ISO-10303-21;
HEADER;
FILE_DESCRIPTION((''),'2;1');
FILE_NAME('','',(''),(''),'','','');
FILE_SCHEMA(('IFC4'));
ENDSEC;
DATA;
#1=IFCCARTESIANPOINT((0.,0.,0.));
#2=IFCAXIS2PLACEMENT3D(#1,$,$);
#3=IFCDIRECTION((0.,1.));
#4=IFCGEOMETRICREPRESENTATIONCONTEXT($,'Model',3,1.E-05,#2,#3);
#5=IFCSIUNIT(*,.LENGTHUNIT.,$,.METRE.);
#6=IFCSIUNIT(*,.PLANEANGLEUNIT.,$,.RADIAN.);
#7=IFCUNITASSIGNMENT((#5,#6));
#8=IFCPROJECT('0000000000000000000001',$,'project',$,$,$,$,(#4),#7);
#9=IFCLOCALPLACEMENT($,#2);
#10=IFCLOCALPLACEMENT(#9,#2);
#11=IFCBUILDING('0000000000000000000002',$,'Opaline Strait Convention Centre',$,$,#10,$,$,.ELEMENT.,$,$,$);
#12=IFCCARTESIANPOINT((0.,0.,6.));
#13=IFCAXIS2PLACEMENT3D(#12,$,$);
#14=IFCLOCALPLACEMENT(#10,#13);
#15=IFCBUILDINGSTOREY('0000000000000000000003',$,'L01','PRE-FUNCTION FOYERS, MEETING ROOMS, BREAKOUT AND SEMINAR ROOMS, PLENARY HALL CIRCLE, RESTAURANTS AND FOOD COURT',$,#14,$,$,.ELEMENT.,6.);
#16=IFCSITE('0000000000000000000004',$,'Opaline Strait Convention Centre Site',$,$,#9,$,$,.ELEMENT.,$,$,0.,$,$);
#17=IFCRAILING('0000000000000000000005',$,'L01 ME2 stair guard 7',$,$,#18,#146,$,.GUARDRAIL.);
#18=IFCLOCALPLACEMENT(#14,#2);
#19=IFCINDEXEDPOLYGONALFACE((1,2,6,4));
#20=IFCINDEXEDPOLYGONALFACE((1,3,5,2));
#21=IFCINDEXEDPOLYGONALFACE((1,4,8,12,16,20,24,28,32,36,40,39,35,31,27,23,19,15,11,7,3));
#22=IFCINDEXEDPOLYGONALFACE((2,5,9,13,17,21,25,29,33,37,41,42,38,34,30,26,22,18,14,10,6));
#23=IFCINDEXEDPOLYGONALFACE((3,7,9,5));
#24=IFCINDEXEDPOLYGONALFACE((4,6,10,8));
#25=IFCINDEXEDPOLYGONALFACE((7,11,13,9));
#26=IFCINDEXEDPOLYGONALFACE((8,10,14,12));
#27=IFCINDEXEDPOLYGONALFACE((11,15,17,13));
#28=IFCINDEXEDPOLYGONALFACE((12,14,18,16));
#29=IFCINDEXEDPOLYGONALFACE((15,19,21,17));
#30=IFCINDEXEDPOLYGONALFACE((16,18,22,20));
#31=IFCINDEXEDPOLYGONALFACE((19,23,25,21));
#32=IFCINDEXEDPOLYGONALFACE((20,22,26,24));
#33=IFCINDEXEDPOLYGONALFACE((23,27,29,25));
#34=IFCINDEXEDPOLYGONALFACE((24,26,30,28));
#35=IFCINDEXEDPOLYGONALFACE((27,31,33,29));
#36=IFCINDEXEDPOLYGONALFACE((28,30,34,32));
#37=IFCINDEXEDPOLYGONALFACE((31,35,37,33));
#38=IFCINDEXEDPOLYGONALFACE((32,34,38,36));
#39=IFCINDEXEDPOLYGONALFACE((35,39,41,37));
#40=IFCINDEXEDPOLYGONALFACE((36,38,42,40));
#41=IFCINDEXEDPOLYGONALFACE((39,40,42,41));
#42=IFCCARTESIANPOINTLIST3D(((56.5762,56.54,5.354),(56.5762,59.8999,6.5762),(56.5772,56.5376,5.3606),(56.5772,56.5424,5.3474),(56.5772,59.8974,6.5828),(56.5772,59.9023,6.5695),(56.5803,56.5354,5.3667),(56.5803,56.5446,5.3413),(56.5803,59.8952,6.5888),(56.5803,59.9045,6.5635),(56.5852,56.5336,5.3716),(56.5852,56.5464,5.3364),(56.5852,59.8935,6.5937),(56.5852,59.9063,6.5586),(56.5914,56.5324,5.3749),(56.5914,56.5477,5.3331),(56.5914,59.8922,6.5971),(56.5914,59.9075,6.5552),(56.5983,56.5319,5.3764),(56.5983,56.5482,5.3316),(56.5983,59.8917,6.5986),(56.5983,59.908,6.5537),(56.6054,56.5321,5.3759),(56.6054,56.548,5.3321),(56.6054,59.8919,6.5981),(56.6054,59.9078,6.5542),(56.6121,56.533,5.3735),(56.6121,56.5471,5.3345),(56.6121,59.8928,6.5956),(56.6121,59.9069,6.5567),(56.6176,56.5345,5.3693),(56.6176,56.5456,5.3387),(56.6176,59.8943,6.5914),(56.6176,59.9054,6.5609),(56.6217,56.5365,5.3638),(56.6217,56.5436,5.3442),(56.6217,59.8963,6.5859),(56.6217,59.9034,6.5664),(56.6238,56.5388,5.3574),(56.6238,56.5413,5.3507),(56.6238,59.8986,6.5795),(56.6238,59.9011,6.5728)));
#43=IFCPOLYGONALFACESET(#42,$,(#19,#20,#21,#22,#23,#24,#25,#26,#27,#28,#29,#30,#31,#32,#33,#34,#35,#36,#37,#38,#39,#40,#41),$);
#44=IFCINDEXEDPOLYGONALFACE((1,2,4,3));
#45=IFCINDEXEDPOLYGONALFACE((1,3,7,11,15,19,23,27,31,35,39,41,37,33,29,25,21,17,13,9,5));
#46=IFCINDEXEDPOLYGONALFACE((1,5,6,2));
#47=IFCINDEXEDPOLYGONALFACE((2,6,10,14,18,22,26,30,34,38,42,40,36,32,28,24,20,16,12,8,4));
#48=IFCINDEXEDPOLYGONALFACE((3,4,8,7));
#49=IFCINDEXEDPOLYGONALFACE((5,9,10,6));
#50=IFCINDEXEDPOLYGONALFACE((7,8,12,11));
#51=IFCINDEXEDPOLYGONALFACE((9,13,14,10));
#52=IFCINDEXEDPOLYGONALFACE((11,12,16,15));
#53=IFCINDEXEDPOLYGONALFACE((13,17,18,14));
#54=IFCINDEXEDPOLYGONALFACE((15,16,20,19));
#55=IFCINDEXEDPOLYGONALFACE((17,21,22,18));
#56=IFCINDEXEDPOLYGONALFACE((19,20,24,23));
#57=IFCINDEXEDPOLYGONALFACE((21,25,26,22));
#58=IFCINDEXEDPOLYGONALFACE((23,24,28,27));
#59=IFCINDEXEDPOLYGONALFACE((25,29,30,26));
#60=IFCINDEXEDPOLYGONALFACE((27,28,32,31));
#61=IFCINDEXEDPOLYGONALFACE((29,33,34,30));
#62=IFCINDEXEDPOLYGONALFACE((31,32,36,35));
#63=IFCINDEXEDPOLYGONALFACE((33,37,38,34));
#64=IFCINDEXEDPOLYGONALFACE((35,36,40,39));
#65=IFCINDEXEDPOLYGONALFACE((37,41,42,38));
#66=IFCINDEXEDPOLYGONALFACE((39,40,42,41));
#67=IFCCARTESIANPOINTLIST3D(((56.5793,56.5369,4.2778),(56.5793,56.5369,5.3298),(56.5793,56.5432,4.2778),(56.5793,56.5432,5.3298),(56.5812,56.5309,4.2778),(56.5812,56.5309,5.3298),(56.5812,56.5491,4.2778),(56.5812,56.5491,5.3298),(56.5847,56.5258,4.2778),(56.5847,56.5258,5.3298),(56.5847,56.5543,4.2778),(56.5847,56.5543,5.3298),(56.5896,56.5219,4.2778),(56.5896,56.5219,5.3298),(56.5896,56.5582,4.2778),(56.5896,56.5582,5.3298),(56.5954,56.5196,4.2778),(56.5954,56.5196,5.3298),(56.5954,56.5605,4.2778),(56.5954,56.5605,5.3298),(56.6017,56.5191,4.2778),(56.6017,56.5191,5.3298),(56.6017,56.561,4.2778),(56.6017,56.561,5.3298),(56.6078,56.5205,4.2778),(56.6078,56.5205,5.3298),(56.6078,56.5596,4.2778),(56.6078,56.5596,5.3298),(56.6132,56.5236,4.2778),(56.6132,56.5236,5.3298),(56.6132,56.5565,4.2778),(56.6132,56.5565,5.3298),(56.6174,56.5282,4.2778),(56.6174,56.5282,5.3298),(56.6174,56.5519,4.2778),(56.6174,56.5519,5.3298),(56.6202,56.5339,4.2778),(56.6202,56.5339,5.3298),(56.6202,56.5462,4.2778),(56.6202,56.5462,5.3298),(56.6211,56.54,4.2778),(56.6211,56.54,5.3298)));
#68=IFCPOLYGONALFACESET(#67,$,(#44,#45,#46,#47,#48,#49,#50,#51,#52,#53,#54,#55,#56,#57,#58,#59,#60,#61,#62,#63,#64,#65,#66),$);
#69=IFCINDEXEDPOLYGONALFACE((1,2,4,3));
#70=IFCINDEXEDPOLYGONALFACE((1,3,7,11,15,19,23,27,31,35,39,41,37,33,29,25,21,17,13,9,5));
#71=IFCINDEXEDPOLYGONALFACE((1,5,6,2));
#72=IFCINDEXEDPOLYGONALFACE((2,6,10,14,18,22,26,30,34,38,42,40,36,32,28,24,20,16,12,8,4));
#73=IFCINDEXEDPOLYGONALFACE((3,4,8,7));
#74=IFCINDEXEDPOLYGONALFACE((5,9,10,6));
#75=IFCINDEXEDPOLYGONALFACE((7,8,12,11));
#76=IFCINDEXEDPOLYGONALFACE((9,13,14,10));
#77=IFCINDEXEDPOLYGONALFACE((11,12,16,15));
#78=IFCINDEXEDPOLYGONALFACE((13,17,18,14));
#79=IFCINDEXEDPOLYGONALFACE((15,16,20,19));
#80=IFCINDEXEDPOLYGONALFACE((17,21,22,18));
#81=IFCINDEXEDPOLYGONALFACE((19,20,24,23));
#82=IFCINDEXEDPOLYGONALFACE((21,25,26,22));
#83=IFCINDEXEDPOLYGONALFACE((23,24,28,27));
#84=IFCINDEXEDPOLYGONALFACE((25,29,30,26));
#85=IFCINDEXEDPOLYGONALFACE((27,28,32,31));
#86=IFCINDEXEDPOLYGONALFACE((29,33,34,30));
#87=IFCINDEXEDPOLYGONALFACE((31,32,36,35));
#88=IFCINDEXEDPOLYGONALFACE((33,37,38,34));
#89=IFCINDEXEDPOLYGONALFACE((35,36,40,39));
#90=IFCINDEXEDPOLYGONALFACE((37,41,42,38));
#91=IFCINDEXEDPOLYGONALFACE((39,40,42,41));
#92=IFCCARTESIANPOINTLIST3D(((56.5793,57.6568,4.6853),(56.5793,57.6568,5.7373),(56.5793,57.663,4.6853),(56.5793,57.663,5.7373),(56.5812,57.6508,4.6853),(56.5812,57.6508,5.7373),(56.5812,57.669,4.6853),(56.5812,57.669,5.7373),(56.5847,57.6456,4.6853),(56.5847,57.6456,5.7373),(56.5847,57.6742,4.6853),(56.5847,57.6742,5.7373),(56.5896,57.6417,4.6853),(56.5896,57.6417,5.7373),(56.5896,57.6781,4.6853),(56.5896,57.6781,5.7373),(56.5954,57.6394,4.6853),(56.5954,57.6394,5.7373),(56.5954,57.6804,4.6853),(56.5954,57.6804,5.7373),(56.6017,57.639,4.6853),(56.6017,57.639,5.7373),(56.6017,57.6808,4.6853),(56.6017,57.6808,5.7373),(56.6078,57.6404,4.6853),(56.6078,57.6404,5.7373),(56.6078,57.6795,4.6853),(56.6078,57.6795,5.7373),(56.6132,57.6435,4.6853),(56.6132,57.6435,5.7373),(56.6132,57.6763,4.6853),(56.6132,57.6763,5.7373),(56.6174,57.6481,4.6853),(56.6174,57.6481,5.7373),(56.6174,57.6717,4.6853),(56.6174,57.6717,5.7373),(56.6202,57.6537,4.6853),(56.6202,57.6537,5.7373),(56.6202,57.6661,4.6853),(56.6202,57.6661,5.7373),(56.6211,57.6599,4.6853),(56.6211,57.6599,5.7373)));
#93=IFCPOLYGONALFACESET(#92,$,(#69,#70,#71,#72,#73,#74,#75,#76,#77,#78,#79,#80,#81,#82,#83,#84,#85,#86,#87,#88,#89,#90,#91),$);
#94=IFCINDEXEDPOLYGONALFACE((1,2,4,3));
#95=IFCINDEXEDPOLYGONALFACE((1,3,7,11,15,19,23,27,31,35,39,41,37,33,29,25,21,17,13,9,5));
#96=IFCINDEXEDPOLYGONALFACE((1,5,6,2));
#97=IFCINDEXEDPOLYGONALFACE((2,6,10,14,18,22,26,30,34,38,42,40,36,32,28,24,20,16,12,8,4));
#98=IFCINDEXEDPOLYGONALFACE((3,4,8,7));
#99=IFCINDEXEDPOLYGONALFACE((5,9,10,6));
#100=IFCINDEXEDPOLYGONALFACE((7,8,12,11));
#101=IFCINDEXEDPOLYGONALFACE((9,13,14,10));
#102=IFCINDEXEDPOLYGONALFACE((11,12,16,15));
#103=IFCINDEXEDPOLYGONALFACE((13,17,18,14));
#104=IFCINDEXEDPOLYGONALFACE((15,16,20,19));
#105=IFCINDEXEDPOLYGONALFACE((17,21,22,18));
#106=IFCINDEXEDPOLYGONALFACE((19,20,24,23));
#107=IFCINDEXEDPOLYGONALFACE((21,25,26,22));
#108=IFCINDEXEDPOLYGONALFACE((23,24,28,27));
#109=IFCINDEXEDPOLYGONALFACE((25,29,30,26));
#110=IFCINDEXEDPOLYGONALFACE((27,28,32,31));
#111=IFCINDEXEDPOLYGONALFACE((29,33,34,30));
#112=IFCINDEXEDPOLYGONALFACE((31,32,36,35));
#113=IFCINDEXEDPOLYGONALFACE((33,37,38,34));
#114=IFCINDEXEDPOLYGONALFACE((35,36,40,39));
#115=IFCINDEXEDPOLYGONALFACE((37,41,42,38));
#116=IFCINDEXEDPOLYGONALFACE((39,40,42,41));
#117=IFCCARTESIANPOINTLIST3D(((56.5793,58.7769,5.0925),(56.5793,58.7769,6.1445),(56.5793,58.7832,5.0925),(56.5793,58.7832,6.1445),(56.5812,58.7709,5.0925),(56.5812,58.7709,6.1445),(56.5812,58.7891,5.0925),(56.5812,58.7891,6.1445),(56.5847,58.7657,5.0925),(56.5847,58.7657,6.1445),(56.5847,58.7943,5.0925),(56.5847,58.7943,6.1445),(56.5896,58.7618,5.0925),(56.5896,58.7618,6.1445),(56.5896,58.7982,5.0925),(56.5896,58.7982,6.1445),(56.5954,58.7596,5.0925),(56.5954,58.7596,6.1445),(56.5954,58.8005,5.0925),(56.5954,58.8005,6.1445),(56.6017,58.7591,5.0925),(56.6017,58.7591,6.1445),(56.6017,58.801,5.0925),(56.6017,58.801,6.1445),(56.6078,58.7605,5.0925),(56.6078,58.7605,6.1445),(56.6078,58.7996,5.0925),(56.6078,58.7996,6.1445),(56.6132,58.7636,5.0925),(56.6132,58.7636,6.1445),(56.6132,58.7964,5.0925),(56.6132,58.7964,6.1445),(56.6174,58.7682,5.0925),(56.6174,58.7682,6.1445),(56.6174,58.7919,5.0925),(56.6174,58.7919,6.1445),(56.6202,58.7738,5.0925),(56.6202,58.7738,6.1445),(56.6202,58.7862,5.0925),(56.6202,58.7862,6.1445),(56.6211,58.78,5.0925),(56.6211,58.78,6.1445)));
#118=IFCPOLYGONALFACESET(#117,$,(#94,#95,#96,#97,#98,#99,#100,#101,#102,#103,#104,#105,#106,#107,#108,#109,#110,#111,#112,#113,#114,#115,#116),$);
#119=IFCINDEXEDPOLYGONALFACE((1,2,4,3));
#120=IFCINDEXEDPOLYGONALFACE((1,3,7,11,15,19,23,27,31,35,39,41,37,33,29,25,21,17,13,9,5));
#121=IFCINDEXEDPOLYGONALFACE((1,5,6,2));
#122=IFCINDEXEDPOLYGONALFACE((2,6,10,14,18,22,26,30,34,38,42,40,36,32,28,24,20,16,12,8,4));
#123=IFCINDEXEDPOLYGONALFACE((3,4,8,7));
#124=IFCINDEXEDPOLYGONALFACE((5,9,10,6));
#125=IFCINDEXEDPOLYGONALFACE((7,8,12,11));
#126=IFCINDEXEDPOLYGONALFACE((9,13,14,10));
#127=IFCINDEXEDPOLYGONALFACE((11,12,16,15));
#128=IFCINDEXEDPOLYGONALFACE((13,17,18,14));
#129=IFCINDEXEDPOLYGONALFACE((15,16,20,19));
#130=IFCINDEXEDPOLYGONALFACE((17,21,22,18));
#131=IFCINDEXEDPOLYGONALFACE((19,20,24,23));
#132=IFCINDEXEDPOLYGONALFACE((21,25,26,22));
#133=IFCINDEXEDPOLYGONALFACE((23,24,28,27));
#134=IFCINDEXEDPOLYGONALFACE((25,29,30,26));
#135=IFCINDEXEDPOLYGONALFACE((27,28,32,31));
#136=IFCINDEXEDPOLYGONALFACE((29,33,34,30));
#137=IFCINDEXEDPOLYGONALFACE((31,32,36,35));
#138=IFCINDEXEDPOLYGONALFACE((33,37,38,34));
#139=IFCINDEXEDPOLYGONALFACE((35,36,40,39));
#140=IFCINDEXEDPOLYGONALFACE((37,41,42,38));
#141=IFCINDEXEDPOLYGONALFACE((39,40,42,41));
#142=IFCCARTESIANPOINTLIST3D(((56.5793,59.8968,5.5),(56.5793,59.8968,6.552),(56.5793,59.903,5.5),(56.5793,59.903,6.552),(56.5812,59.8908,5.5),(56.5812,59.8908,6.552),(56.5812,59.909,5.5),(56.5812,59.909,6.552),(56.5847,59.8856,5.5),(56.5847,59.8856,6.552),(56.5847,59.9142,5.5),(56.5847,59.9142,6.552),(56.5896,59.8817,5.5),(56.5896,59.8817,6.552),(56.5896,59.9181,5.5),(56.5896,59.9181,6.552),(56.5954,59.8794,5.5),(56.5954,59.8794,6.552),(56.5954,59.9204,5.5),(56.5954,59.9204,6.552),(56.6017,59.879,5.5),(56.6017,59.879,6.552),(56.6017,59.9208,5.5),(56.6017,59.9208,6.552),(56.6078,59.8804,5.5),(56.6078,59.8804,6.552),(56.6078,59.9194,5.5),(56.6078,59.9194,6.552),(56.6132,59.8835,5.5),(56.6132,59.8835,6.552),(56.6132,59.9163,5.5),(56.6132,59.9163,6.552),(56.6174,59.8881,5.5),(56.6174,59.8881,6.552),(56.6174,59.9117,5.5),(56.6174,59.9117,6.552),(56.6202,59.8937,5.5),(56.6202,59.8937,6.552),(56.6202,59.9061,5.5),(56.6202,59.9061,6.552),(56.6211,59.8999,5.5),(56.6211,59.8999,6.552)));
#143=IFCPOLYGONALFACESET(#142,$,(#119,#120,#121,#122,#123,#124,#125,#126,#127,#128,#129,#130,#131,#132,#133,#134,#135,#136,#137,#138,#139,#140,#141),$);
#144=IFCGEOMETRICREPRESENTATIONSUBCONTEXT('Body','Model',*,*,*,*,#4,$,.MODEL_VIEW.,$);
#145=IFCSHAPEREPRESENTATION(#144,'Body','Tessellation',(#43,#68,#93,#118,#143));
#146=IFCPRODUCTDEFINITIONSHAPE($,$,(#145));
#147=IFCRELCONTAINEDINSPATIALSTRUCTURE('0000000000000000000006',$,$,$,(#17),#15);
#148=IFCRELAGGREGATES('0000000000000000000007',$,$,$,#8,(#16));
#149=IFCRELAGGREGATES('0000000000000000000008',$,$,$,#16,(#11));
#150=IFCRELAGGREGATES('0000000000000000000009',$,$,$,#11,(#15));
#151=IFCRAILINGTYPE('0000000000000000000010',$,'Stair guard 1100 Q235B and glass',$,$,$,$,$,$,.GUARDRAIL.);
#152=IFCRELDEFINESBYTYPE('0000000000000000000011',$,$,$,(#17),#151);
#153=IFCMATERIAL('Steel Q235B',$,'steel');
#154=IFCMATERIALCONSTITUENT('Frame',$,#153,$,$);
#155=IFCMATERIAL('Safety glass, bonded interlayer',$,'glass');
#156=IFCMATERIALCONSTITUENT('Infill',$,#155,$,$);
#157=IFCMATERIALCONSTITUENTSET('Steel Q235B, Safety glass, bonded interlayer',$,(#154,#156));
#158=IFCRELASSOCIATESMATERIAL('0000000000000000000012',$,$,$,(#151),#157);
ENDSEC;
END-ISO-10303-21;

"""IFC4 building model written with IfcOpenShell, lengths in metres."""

from ifc_helpers import new_model, si_unit, direction, frame, origin, origin_2d, place, context, subcontext, project, spatial, circle, extrude, material, constituent, constituent_set, type_object, element, save


model = new_model("IFC4")

# Units and contexts
model_context = context("Model", 3, precision=1e-05, world=origin(), true_north=direction((0.0, 1.0)))
body_context = subcontext(model_context, "Body", "Model", "MODEL_VIEW")
ifc_project = project(units=[si_unit("LENGTHUNIT", "METRE"), si_unit("PLANEANGLEUNIT", "RADIAN")], contexts=[model_context])

# Site, building, storey
site_placement = place(None, origin())
site = spatial("IfcSite", under=ifc_project, at=site_placement, Name="Opaline Strait Convention Centre Site", CompositionType="ELEMENT", RefElevation=0.0)
building_placement = place(site_placement, origin())
building = spatial("IfcBuilding", under=site, at=building_placement, Name="Opaline Strait Convention Centre", CompositionType="ELEMENT")
storey_placement = place(building_placement, frame((0.0, 0.0, 6.0)))
storey = spatial("IfcBuildingStorey", under=building, at=storey_placement, Name="L01", Description="PRE-FUNCTION FOYERS, MEETING ROOMS, BREAKOUT AND SEMINAR ROOMS, PLENARY HALL CIRCLE, RESTAURANTS AND FOOD COURT", CompositionType="ELEMENT", Elevation=6.0)

# Railing
ifc_material_1 = material(Name="Steel Q235B", Category="steel")
ifc_constituent_1 = constituent(ifc_material_1, Name="Frame")
ifc_material_2 = material(Name="Safety glass, bonded interlayer", Category="glass")
ifc_constituent_2 = constituent(ifc_material_2, Name="Infill")
ifc_constituent_set = constituent_set(constituents=[ifc_constituent_1, ifc_constituent_2], Name="Steel Q235B, Safety glass, bonded interlayer")
railing_type_1 = type_object("IfcRailingType", Name="Stair guard 1100 Q235B and glass", PredefinedType="GUARDRAIL", material=ifc_constituent_set)
railing_1_placement = place(storey_placement, frame((56.6001, 56.54, 4.2778)))
element("IfcRailing", 1, at=railing_1_placement, inside=storey, type_object=railing_type_1, Name="L01 ME2 stair guard 7", PredefinedType="GUARDRAIL", context=body_context, shape_type="SweptSolid", body=[
    extrude(circle(Radius=0.0239, at=origin_2d()), frame((0.0, 0.0, 1.0762), z_axis=(0.0, 0.939758, 0.341842), x_axis=(-1.0, 0.0, 0.0)), (0.0, 0.0, 1.0), 3.5752),
    extrude(circle(Radius=0.021, at=origin_2d()), origin(), (0.0, 0.0, 1.0), 1.052),
    extrude(circle(Radius=0.021, at=origin_2d()), frame((0.0, 1.1199, 0.4075)), (0.0, 0.0, 1.0), 1.052),
    extrude(circle(Radius=0.021, at=origin_2d()), frame((0.0, 2.24, 0.8147)), (0.0, 0.0, 1.0), 1.052),
    extrude(circle(Radius=0.021, at=origin_2d()), frame((0.0, 3.3599, 1.2222)), (0.0, 0.0, 1.0), 1.052),
])

save(model, "model.ifc")
